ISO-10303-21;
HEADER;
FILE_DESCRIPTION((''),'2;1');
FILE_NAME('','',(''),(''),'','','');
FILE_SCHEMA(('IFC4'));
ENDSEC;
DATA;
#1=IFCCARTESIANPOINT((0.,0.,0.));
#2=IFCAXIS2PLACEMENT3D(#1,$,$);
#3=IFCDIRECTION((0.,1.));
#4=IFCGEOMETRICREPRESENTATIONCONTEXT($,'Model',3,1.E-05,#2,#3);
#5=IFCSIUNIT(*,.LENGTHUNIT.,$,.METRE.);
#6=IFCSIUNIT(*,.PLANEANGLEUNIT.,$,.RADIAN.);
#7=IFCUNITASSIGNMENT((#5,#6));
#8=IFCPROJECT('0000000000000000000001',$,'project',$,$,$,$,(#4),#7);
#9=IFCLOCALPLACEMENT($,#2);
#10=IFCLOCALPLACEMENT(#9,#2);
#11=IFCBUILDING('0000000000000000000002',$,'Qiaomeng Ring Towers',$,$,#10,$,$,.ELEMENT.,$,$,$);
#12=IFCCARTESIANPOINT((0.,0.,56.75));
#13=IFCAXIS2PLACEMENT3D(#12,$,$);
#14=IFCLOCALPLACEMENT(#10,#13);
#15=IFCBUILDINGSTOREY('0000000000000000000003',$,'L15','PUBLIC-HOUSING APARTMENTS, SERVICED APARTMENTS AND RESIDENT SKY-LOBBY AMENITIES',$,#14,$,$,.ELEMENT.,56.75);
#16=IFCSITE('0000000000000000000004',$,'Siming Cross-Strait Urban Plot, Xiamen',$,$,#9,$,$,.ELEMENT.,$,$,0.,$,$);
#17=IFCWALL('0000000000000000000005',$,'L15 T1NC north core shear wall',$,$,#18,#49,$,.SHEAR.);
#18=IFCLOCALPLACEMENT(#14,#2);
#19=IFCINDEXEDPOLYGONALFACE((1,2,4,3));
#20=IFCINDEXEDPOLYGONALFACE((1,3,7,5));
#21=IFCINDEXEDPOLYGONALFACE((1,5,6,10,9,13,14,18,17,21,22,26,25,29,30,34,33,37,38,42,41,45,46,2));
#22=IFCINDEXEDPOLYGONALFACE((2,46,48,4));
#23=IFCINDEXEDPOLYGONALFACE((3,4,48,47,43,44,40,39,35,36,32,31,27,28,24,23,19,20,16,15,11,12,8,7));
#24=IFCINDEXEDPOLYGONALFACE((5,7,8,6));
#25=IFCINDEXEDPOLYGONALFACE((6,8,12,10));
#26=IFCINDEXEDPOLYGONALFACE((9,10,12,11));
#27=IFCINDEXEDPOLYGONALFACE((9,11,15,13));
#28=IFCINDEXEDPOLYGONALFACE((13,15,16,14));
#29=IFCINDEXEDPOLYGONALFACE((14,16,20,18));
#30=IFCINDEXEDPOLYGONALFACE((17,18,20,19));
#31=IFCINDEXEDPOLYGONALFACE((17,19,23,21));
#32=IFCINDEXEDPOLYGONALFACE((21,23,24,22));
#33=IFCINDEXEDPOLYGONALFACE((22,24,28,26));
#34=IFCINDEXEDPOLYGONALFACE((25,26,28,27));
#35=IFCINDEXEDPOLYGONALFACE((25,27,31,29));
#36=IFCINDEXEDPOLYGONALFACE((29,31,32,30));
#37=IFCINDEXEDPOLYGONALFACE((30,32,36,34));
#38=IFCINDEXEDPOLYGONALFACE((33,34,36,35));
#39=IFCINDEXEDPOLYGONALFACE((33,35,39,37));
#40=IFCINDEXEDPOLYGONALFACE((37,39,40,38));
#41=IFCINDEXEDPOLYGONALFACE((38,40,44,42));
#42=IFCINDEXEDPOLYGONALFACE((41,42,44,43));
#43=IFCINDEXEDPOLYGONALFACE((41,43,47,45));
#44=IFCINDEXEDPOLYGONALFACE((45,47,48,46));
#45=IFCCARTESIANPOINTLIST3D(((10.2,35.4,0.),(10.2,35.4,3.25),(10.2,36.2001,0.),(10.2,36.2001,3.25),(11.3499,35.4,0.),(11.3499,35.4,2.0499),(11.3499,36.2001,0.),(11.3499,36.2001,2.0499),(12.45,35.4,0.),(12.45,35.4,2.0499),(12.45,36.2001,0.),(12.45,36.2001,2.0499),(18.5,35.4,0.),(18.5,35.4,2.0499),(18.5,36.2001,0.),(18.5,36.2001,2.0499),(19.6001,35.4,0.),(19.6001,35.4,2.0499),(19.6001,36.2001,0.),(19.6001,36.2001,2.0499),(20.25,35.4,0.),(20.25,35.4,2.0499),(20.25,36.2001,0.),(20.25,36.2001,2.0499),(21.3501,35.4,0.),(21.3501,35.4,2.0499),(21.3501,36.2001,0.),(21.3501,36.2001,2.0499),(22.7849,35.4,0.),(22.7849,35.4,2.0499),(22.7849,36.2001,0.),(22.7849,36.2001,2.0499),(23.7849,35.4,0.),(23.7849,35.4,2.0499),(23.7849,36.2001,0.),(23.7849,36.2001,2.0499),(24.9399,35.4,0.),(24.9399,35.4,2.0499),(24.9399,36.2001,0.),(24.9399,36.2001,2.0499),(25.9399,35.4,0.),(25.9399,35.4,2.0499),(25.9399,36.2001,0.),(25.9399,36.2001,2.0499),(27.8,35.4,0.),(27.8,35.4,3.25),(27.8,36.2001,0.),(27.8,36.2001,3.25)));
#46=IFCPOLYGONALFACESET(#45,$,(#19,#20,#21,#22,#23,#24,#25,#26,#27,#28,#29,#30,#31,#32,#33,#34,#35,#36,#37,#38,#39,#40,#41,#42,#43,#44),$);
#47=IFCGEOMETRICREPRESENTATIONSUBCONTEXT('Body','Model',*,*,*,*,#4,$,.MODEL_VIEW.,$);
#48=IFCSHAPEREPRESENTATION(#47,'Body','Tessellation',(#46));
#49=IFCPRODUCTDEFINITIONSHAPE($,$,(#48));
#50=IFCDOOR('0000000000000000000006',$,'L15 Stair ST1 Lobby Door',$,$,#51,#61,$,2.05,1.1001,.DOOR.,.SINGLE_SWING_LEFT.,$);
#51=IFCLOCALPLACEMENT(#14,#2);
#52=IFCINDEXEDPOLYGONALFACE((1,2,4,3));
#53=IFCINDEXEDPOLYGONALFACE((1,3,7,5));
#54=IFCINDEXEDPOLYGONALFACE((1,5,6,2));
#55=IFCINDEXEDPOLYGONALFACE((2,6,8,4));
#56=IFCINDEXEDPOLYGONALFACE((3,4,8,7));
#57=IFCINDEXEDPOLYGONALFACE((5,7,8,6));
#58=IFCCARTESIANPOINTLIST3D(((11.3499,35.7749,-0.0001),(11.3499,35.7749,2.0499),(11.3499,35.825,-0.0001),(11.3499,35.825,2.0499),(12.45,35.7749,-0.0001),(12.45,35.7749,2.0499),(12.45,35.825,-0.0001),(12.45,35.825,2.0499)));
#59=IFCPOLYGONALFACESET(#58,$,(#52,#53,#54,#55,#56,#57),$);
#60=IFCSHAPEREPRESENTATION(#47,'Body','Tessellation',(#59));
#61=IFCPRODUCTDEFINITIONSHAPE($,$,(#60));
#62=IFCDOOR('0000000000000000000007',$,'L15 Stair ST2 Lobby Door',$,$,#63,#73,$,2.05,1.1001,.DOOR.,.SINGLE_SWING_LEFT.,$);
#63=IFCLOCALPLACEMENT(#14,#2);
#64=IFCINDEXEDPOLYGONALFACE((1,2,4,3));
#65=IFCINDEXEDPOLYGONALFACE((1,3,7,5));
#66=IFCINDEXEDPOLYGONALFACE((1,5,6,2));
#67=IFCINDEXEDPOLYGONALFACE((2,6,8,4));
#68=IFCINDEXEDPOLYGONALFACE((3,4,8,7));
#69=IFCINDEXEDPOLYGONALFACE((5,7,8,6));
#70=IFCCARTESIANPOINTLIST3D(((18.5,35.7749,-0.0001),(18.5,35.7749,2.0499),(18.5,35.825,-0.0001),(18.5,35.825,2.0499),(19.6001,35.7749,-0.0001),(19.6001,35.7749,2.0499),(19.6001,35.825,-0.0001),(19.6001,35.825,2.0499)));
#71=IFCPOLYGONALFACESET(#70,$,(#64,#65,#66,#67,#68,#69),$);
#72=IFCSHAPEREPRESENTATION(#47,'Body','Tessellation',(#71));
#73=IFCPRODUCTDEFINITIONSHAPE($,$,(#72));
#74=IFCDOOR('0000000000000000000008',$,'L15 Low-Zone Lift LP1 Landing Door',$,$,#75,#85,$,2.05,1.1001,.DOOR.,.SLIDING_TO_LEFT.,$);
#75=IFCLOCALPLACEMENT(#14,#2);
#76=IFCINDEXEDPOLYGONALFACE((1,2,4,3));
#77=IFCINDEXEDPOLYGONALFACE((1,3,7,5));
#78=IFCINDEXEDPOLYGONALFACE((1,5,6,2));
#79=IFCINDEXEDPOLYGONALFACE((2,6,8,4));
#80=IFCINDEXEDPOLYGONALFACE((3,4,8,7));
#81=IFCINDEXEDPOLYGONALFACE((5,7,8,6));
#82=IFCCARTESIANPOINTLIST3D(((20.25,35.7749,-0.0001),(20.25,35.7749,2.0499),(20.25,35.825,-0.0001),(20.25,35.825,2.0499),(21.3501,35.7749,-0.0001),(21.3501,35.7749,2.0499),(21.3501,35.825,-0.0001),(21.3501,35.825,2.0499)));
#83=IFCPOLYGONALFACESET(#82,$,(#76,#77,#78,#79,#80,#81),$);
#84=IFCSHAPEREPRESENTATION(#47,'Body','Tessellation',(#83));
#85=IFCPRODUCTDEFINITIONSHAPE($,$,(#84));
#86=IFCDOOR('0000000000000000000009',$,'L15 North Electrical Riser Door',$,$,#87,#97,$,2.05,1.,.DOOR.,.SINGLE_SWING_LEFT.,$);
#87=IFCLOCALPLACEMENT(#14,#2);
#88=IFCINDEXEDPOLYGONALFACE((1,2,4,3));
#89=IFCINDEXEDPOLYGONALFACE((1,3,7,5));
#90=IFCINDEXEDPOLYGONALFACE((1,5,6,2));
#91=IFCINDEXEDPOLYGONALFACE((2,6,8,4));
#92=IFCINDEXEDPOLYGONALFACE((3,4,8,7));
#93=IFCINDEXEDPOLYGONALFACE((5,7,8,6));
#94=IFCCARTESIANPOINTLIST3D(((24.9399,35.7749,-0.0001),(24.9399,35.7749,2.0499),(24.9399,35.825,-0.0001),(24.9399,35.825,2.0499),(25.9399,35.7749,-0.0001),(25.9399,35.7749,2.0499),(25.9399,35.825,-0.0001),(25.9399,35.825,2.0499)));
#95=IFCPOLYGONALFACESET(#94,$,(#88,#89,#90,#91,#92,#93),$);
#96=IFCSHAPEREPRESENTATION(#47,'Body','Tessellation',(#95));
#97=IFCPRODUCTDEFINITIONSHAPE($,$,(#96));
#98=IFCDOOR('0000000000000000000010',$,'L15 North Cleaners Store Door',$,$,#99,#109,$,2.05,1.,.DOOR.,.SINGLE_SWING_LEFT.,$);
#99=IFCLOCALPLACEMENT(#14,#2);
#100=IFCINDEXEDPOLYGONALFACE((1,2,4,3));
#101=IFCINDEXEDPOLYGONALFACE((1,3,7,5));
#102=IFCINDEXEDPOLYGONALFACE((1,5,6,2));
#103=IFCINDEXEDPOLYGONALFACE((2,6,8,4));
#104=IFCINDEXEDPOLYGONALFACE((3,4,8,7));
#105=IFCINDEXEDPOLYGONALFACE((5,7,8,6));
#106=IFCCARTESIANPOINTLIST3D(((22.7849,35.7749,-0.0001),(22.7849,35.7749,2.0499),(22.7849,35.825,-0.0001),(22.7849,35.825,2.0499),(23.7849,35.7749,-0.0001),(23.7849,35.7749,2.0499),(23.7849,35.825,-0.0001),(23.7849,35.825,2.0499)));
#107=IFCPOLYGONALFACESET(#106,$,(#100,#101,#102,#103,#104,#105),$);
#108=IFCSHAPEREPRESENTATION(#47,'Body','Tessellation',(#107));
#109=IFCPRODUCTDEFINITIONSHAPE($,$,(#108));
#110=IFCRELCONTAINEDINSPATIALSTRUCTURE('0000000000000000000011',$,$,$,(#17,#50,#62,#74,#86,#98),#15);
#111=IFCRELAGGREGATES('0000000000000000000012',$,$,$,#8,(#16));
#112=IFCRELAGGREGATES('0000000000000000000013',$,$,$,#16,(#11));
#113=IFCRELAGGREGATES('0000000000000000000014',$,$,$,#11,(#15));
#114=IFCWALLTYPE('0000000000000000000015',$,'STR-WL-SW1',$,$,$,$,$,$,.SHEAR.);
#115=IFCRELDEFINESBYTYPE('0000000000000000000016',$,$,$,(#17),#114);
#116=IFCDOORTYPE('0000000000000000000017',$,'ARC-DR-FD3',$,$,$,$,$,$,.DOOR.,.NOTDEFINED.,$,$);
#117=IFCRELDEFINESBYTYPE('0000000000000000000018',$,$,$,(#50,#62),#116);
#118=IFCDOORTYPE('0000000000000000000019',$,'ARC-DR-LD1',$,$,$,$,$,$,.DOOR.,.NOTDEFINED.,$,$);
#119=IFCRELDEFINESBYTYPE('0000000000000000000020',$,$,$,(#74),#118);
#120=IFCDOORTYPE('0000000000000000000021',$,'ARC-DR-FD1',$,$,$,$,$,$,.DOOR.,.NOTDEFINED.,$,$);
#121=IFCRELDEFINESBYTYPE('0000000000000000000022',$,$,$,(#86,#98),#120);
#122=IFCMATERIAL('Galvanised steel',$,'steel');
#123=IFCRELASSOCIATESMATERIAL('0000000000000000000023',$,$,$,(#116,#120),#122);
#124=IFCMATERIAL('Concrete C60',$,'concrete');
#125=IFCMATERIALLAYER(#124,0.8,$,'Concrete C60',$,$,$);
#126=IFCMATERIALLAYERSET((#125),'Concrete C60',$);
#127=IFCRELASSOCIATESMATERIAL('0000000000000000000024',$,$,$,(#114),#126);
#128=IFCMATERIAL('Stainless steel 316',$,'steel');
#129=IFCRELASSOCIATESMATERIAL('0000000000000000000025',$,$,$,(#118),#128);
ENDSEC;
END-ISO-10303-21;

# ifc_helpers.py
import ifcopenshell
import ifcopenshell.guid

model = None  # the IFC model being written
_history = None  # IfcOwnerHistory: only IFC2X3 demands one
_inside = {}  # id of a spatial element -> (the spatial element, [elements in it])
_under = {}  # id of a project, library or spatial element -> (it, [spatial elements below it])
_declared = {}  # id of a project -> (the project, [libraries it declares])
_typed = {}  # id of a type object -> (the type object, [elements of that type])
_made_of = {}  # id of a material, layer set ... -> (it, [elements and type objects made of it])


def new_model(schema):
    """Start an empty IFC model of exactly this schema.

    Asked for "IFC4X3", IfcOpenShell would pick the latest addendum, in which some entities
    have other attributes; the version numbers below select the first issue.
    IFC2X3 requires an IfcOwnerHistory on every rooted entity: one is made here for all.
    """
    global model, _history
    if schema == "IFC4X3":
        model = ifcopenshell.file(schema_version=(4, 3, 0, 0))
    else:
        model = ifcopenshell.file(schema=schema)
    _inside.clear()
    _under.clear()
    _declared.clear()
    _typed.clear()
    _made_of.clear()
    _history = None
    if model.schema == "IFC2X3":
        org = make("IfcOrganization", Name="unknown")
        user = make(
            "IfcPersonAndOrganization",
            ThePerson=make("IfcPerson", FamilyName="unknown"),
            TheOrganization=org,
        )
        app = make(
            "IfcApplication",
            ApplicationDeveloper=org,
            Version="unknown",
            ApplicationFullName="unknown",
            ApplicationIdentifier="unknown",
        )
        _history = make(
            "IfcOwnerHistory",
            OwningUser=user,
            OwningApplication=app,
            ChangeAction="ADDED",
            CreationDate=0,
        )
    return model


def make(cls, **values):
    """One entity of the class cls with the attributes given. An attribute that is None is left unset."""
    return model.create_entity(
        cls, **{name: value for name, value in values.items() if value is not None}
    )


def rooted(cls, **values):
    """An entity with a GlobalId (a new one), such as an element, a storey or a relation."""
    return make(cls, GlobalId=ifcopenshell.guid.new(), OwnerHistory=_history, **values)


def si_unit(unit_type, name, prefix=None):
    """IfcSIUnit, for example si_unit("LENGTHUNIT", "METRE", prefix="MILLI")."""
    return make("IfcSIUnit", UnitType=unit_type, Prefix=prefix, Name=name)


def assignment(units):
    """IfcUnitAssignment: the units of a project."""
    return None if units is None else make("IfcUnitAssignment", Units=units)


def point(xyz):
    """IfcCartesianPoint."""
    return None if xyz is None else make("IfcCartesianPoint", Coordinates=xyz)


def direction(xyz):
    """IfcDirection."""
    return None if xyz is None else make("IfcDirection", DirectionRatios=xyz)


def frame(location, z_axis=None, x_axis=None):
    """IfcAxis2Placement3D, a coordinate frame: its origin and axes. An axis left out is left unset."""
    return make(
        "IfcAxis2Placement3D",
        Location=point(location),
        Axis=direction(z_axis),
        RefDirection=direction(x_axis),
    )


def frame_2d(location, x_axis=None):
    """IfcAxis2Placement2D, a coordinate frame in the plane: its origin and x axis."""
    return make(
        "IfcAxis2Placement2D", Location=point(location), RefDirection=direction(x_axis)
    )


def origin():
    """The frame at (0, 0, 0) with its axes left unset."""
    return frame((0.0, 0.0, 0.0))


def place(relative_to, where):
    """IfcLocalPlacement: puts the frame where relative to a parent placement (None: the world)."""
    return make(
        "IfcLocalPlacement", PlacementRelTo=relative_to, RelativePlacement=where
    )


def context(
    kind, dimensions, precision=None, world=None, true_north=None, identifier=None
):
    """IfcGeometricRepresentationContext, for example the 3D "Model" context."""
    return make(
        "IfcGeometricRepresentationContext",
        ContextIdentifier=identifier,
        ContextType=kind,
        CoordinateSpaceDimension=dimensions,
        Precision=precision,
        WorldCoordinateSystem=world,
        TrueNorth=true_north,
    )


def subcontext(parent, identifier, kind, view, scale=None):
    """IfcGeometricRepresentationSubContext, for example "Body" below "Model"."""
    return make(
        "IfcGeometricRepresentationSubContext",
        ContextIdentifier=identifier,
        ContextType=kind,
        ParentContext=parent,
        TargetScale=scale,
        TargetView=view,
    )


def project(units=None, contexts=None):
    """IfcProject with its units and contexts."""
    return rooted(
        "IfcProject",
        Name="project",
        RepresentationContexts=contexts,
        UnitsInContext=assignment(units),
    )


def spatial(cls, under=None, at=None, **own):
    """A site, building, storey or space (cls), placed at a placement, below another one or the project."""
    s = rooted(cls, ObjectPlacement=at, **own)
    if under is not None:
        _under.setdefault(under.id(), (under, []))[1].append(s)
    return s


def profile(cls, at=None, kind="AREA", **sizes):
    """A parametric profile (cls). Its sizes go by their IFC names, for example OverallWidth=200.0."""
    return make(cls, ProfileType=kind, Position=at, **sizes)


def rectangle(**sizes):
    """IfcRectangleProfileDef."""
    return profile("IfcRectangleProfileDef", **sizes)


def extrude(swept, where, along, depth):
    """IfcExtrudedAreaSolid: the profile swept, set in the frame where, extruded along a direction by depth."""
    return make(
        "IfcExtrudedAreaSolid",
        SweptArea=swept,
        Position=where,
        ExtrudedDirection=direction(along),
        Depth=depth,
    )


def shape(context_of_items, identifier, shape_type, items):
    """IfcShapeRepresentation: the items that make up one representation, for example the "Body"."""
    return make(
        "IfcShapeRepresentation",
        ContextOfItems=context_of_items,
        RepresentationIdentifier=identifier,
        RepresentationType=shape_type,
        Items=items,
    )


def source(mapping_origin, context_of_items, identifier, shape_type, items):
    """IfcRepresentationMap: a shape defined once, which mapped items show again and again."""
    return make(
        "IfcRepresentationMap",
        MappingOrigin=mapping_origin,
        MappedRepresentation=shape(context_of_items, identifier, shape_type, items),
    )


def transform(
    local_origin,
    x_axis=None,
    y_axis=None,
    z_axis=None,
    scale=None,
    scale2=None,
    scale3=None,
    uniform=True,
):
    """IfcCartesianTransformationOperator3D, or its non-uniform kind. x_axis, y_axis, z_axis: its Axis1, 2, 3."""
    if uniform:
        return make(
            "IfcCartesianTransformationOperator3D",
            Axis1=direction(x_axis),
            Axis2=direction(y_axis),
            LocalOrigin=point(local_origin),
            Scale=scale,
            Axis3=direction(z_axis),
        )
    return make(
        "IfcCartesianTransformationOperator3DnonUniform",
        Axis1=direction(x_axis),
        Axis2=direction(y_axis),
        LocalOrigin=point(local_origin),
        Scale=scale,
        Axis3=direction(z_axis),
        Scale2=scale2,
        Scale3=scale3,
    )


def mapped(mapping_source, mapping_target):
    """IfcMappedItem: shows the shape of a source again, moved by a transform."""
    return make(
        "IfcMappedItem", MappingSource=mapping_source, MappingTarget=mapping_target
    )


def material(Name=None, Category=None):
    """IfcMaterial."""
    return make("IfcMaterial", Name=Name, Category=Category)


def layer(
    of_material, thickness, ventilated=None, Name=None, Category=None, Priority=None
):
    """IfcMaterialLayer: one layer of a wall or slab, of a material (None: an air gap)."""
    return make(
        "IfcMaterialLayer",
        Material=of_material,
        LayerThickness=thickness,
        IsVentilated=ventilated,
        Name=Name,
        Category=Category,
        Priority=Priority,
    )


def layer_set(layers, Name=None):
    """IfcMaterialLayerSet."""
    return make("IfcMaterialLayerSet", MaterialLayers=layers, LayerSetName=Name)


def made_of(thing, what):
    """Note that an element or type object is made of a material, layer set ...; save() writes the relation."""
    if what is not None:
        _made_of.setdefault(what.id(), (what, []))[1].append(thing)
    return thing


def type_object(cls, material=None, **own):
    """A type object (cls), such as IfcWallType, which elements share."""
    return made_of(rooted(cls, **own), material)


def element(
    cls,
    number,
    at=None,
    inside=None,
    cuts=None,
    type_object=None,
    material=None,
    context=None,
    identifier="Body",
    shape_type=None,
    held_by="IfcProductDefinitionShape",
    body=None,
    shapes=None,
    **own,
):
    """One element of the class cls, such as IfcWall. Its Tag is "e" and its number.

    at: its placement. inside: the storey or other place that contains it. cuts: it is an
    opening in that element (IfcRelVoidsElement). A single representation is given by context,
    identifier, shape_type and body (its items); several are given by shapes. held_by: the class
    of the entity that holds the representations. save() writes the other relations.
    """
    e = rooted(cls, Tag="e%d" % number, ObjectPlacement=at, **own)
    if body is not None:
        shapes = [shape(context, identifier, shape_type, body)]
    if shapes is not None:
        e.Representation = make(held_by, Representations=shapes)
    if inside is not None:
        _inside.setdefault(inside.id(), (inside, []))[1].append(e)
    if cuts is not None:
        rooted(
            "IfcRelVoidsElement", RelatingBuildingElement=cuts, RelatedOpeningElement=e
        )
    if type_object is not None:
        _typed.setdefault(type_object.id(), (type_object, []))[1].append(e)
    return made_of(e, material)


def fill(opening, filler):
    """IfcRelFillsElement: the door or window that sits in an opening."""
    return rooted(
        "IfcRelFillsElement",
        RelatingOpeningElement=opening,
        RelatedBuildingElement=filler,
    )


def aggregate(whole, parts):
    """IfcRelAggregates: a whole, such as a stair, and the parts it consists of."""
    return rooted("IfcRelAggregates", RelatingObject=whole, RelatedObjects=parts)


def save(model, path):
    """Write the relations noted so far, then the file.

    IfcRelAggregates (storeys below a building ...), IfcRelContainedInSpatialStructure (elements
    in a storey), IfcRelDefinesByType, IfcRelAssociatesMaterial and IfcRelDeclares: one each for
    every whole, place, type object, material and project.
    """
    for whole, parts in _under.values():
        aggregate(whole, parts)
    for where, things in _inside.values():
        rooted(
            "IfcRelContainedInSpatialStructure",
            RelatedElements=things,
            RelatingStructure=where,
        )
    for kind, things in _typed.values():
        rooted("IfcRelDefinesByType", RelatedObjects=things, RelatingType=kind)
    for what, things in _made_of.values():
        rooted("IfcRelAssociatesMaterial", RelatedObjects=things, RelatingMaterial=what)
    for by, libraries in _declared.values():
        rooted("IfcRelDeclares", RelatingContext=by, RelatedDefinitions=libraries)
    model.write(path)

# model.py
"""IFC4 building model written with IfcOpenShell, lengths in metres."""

from ifc_helpers import new_model, si_unit, direction, frame, frame_2d, origin, place, context, subcontext, project, spatial, rectangle, extrude, source, transform, mapped, material, layer, layer_set, type_object, element, fill, save


model = new_model("IFC4")

# Units and contexts
model_context = context("Model", 3, precision=1e-05, world=origin(), true_north=direction((0.0, 1.0)))
body_context = subcontext(model_context, "Body", "Model", "MODEL_VIEW")
ifc_project = project(units=[si_unit("LENGTHUNIT", "METRE"), si_unit("PLANEANGLEUNIT", "RADIAN")], contexts=[model_context])

# Site, building, storey
site_placement = place(None, origin())
site = spatial("IfcSite", under=ifc_project, at=site_placement, Name="Siming Cross-Strait Urban Plot, Xiamen", CompositionType="ELEMENT", RefElevation=0.0)
building_placement = place(site_placement, origin())
building = spatial("IfcBuilding", under=site, at=building_placement, Name="Qiaomeng Ring Towers", CompositionType="ELEMENT")
storey_placement = place(building_placement, frame((0.0, 0.0, 56.75)))
storey = spatial("IfcBuildingStorey", under=building, at=storey_placement, Name="L15", Description="PUBLIC-HOUSING APARTMENTS, SERVICED APARTMENTS AND RESIDENT SKY-LOBBY AMENITIES", CompositionType="ELEMENT", Elevation=56.75)

# Shared definitions
ifc_material_1 = material(Name="Concrete C60", Category="concrete")

# Shared definitions
shared_shape_1 = source(origin(), body_context, "Body", "SweptSolid", [
    extrude(rectangle(XDim=1.0, YDim=2.05, at=frame_2d((0.5, 1.0249))), frame((0.0, 0.0249, 0.0), z_axis=(0.0, -1.0, 0.0), x_axis=(1.0, 0.0, 0.0)), (0.0, 0.0, 1.0), 0.05),
])

# Shared definitions
ifc_material_2 = material(Name="Galvanised steel", Category="steel")
door_type_1 = type_object("IfcDoorType", Name="ARC-DR-FD3", OperationType="NOTDEFINED", PredefinedType="DOOR", material=ifc_material_2)
shared_shape_2 = source(origin(), body_context, "Body", "SweptSolid", [
    extrude(rectangle(XDim=1.1001, YDim=2.05, at=frame_2d((0.55, 1.0249))), frame((0.0, 0.0249, 0.0), z_axis=(0.0, -1.0, 0.0), x_axis=(1.0, 0.0, 0.0)), (0.0, 0.0, 1.0), 0.05),
])

# Wall, openings, doors
ifc_layer_1 = layer(ifc_material_1, 0.8, Name="Concrete C60")
ifc_layer_set_1 = layer_set([ifc_layer_1], Name="Concrete C60")
wall_type_1 = type_object("IfcWallType", Name="STR-WL-SW1", PredefinedType="SHEAR", material=ifc_layer_set_1)
wall_1_placement = place(storey_placement, frame((10.2, 35.8, 0.0), z_axis=(0.0, 0.0, 1.0), x_axis=(1.0, 0.0, 0.0)))
wall_1 = element("IfcWall", 1, at=wall_1_placement, inside=storey, type_object=wall_type_1, Name="L15 T1NC north core shear wall", PredefinedType="SHEAR", context=body_context, shape_type="SweptSolid", body=[
    extrude(rectangle(XDim=17.6001, YDim=0.8, at=frame_2d((8.8, 0.0))), origin(), (0.0, 0.0, 1.0), 3.25),
])
opening_1_placement = place(wall_1_placement, frame((1.1499, 0.0, 0.0)))
opening_1 = element("IfcOpeningElement", 2, at=opening_1_placement, cuts=wall_1, PredefinedType="OPENING", context=body_context, shape_type="SweptSolid", body=[
    extrude(rectangle(XDim=1.1001, YDim=2.05, at=frame_2d((0.55, 1.0249))), frame((0.0, 0.4099, 0.0), z_axis=(0.0, -1.0, 0.0), x_axis=(1.0, 0.0, 0.0)), (0.0, 0.0, 1.0), 0.8201),
])
opening_2_placement = place(wall_1_placement, frame((8.3, 0.0, 0.0)))
opening_2 = element("IfcOpeningElement", 3, at=opening_2_placement, cuts=wall_1, PredefinedType="OPENING", context=body_context, shape_type="SweptSolid", body=[
    extrude(rectangle(XDim=1.1001, YDim=2.05, at=frame_2d((0.55, 1.0249))), frame((0.0, 0.4099, 0.0), z_axis=(0.0, -1.0, 0.0), x_axis=(1.0, 0.0, 0.0)), (0.0, 0.0, 1.0), 0.8201),
])
opening_3_placement = place(wall_1_placement, frame((10.05, 0.0, 0.0)))
opening_3 = element("IfcOpeningElement", 4, at=opening_3_placement, cuts=wall_1, PredefinedType="OPENING", context=body_context, shape_type="SweptSolid", body=[
    extrude(rectangle(XDim=1.1001, YDim=2.05, at=frame_2d((0.55, 1.0249))), frame((0.0, 0.4099, 0.0), z_axis=(0.0, -1.0, 0.0), x_axis=(1.0, 0.0, 0.0)), (0.0, 0.0, 1.0), 0.8201),
])
opening_4_placement = place(wall_1_placement, frame((14.74, 0.0, 0.0)))
opening_4 = element("IfcOpeningElement", 5, at=opening_4_placement, cuts=wall_1, PredefinedType="OPENING", context=body_context, shape_type="SweptSolid", body=[
    extrude(rectangle(XDim=1.0, YDim=2.05, at=frame_2d((0.5, 1.0249))), frame((0.0, 0.4099, 0.0), z_axis=(0.0, -1.0, 0.0), x_axis=(1.0, 0.0, 0.0)), (0.0, 0.0, 1.0), 0.8201),
])
opening_5_placement = place(wall_1_placement, frame((12.585, 0.0, 0.0)))
opening_5 = element("IfcOpeningElement", 6, at=opening_5_placement, cuts=wall_1, PredefinedType="OPENING", context=body_context, shape_type="SweptSolid", body=[
    extrude(rectangle(XDim=1.0, YDim=2.05, at=frame_2d((0.5, 1.0249))), frame((0.0, 0.4099, 0.0), z_axis=(0.0, -1.0, 0.0), x_axis=(1.0, 0.0, 0.0)), (0.0, 0.0, 1.0), 0.8201),
])
door_1_placement = place(opening_1_placement, origin())
door_1 = element("IfcDoor", 7, at=door_1_placement, inside=storey, type_object=door_type_1, Name="L15 Stair ST1 Lobby Door", OperationType="SINGLE_SWING_LEFT", OverallHeight=2.05, OverallWidth=1.1001, PredefinedType="DOOR", context=body_context, shape_type="MappedRepresentation", body=[
    mapped(shared_shape_2, transform((0.0, 0.0, 0.0), x_axis=(1.0, 0.0, 0.0), y_axis=(0.0, 1.0, 0.0), z_axis=(0.0, 0.0, 1.0), scale=1.0)),
])
fill(opening_1, door_1)
door_2_placement = place(opening_2_placement, origin())
door_2 = element("IfcDoor", 8, at=door_2_placement, inside=storey, type_object=door_type_1, Name="L15 Stair ST2 Lobby Door", OperationType="SINGLE_SWING_LEFT", OverallHeight=2.05, OverallWidth=1.1001, PredefinedType="DOOR", context=body_context, shape_type="MappedRepresentation", body=[
    mapped(shared_shape_2, transform((0.0, 0.0, 0.0), x_axis=(1.0, 0.0, 0.0), y_axis=(0.0, 1.0, 0.0), z_axis=(0.0, 0.0, 1.0), scale=1.0)),
])
fill(opening_2, door_2)
ifc_material_3 = material(Name="Stainless steel 316", Category="steel")
door_type_2 = type_object("IfcDoorType", Name="ARC-DR-LD1", OperationType="NOTDEFINED", PredefinedType="DOOR", material=ifc_material_3)
door_3_placement = place(opening_3_placement, origin())
door_3 = element("IfcDoor", 9, at=door_3_placement, inside=storey, type_object=door_type_2, Name="L15 Low-Zone Lift LP1 Landing Door", OperationType="SLIDING_TO_LEFT", OverallHeight=2.05, OverallWidth=1.1001, PredefinedType="DOOR", context=body_context, shape_type="MappedRepresentation", body=[
    mapped(shared_shape_2, transform((0.0, 0.0, 0.0), x_axis=(1.0, 0.0, 0.0), y_axis=(0.0, 1.0, 0.0), z_axis=(0.0, 0.0, 1.0), scale=1.0)),
])
fill(opening_3, door_3)
door_type_3 = type_object("IfcDoorType", Name="ARC-DR-FD1", OperationType="NOTDEFINED", PredefinedType="DOOR", material=ifc_material_2)
door_4_placement = place(opening_4_placement, origin())
door_4 = element("IfcDoor", 10, at=door_4_placement, inside=storey, type_object=door_type_3, Name="L15 North Electrical Riser Door", OperationType="SINGLE_SWING_LEFT", OverallHeight=2.05, OverallWidth=1.0, PredefinedType="DOOR", context=body_context, shape_type="MappedRepresentation", body=[
    mapped(shared_shape_1, transform((0.0, 0.0, 0.0), x_axis=(1.0, 0.0, 0.0), y_axis=(0.0, 1.0, 0.0), z_axis=(0.0, 0.0, 1.0), scale=1.0)),
])
fill(opening_4, door_4)
door_5_placement = place(opening_5_placement, origin())
door_5 = element("IfcDoor", 11, at=door_5_placement, inside=storey, type_object=door_type_3, Name="L15 North Cleaners Store Door", OperationType="SINGLE_SWING_LEFT", OverallHeight=2.05, OverallWidth=1.0, PredefinedType="DOOR", context=body_context, shape_type="MappedRepresentation", body=[
    mapped(shared_shape_1, transform((0.0, 0.0, 0.0), x_axis=(1.0, 0.0, 0.0), y_axis=(0.0, 1.0, 0.0), z_axis=(0.0, 0.0, 1.0), scale=1.0)),
])
fill(opening_5, door_5)

save(model, "model.ifc")
